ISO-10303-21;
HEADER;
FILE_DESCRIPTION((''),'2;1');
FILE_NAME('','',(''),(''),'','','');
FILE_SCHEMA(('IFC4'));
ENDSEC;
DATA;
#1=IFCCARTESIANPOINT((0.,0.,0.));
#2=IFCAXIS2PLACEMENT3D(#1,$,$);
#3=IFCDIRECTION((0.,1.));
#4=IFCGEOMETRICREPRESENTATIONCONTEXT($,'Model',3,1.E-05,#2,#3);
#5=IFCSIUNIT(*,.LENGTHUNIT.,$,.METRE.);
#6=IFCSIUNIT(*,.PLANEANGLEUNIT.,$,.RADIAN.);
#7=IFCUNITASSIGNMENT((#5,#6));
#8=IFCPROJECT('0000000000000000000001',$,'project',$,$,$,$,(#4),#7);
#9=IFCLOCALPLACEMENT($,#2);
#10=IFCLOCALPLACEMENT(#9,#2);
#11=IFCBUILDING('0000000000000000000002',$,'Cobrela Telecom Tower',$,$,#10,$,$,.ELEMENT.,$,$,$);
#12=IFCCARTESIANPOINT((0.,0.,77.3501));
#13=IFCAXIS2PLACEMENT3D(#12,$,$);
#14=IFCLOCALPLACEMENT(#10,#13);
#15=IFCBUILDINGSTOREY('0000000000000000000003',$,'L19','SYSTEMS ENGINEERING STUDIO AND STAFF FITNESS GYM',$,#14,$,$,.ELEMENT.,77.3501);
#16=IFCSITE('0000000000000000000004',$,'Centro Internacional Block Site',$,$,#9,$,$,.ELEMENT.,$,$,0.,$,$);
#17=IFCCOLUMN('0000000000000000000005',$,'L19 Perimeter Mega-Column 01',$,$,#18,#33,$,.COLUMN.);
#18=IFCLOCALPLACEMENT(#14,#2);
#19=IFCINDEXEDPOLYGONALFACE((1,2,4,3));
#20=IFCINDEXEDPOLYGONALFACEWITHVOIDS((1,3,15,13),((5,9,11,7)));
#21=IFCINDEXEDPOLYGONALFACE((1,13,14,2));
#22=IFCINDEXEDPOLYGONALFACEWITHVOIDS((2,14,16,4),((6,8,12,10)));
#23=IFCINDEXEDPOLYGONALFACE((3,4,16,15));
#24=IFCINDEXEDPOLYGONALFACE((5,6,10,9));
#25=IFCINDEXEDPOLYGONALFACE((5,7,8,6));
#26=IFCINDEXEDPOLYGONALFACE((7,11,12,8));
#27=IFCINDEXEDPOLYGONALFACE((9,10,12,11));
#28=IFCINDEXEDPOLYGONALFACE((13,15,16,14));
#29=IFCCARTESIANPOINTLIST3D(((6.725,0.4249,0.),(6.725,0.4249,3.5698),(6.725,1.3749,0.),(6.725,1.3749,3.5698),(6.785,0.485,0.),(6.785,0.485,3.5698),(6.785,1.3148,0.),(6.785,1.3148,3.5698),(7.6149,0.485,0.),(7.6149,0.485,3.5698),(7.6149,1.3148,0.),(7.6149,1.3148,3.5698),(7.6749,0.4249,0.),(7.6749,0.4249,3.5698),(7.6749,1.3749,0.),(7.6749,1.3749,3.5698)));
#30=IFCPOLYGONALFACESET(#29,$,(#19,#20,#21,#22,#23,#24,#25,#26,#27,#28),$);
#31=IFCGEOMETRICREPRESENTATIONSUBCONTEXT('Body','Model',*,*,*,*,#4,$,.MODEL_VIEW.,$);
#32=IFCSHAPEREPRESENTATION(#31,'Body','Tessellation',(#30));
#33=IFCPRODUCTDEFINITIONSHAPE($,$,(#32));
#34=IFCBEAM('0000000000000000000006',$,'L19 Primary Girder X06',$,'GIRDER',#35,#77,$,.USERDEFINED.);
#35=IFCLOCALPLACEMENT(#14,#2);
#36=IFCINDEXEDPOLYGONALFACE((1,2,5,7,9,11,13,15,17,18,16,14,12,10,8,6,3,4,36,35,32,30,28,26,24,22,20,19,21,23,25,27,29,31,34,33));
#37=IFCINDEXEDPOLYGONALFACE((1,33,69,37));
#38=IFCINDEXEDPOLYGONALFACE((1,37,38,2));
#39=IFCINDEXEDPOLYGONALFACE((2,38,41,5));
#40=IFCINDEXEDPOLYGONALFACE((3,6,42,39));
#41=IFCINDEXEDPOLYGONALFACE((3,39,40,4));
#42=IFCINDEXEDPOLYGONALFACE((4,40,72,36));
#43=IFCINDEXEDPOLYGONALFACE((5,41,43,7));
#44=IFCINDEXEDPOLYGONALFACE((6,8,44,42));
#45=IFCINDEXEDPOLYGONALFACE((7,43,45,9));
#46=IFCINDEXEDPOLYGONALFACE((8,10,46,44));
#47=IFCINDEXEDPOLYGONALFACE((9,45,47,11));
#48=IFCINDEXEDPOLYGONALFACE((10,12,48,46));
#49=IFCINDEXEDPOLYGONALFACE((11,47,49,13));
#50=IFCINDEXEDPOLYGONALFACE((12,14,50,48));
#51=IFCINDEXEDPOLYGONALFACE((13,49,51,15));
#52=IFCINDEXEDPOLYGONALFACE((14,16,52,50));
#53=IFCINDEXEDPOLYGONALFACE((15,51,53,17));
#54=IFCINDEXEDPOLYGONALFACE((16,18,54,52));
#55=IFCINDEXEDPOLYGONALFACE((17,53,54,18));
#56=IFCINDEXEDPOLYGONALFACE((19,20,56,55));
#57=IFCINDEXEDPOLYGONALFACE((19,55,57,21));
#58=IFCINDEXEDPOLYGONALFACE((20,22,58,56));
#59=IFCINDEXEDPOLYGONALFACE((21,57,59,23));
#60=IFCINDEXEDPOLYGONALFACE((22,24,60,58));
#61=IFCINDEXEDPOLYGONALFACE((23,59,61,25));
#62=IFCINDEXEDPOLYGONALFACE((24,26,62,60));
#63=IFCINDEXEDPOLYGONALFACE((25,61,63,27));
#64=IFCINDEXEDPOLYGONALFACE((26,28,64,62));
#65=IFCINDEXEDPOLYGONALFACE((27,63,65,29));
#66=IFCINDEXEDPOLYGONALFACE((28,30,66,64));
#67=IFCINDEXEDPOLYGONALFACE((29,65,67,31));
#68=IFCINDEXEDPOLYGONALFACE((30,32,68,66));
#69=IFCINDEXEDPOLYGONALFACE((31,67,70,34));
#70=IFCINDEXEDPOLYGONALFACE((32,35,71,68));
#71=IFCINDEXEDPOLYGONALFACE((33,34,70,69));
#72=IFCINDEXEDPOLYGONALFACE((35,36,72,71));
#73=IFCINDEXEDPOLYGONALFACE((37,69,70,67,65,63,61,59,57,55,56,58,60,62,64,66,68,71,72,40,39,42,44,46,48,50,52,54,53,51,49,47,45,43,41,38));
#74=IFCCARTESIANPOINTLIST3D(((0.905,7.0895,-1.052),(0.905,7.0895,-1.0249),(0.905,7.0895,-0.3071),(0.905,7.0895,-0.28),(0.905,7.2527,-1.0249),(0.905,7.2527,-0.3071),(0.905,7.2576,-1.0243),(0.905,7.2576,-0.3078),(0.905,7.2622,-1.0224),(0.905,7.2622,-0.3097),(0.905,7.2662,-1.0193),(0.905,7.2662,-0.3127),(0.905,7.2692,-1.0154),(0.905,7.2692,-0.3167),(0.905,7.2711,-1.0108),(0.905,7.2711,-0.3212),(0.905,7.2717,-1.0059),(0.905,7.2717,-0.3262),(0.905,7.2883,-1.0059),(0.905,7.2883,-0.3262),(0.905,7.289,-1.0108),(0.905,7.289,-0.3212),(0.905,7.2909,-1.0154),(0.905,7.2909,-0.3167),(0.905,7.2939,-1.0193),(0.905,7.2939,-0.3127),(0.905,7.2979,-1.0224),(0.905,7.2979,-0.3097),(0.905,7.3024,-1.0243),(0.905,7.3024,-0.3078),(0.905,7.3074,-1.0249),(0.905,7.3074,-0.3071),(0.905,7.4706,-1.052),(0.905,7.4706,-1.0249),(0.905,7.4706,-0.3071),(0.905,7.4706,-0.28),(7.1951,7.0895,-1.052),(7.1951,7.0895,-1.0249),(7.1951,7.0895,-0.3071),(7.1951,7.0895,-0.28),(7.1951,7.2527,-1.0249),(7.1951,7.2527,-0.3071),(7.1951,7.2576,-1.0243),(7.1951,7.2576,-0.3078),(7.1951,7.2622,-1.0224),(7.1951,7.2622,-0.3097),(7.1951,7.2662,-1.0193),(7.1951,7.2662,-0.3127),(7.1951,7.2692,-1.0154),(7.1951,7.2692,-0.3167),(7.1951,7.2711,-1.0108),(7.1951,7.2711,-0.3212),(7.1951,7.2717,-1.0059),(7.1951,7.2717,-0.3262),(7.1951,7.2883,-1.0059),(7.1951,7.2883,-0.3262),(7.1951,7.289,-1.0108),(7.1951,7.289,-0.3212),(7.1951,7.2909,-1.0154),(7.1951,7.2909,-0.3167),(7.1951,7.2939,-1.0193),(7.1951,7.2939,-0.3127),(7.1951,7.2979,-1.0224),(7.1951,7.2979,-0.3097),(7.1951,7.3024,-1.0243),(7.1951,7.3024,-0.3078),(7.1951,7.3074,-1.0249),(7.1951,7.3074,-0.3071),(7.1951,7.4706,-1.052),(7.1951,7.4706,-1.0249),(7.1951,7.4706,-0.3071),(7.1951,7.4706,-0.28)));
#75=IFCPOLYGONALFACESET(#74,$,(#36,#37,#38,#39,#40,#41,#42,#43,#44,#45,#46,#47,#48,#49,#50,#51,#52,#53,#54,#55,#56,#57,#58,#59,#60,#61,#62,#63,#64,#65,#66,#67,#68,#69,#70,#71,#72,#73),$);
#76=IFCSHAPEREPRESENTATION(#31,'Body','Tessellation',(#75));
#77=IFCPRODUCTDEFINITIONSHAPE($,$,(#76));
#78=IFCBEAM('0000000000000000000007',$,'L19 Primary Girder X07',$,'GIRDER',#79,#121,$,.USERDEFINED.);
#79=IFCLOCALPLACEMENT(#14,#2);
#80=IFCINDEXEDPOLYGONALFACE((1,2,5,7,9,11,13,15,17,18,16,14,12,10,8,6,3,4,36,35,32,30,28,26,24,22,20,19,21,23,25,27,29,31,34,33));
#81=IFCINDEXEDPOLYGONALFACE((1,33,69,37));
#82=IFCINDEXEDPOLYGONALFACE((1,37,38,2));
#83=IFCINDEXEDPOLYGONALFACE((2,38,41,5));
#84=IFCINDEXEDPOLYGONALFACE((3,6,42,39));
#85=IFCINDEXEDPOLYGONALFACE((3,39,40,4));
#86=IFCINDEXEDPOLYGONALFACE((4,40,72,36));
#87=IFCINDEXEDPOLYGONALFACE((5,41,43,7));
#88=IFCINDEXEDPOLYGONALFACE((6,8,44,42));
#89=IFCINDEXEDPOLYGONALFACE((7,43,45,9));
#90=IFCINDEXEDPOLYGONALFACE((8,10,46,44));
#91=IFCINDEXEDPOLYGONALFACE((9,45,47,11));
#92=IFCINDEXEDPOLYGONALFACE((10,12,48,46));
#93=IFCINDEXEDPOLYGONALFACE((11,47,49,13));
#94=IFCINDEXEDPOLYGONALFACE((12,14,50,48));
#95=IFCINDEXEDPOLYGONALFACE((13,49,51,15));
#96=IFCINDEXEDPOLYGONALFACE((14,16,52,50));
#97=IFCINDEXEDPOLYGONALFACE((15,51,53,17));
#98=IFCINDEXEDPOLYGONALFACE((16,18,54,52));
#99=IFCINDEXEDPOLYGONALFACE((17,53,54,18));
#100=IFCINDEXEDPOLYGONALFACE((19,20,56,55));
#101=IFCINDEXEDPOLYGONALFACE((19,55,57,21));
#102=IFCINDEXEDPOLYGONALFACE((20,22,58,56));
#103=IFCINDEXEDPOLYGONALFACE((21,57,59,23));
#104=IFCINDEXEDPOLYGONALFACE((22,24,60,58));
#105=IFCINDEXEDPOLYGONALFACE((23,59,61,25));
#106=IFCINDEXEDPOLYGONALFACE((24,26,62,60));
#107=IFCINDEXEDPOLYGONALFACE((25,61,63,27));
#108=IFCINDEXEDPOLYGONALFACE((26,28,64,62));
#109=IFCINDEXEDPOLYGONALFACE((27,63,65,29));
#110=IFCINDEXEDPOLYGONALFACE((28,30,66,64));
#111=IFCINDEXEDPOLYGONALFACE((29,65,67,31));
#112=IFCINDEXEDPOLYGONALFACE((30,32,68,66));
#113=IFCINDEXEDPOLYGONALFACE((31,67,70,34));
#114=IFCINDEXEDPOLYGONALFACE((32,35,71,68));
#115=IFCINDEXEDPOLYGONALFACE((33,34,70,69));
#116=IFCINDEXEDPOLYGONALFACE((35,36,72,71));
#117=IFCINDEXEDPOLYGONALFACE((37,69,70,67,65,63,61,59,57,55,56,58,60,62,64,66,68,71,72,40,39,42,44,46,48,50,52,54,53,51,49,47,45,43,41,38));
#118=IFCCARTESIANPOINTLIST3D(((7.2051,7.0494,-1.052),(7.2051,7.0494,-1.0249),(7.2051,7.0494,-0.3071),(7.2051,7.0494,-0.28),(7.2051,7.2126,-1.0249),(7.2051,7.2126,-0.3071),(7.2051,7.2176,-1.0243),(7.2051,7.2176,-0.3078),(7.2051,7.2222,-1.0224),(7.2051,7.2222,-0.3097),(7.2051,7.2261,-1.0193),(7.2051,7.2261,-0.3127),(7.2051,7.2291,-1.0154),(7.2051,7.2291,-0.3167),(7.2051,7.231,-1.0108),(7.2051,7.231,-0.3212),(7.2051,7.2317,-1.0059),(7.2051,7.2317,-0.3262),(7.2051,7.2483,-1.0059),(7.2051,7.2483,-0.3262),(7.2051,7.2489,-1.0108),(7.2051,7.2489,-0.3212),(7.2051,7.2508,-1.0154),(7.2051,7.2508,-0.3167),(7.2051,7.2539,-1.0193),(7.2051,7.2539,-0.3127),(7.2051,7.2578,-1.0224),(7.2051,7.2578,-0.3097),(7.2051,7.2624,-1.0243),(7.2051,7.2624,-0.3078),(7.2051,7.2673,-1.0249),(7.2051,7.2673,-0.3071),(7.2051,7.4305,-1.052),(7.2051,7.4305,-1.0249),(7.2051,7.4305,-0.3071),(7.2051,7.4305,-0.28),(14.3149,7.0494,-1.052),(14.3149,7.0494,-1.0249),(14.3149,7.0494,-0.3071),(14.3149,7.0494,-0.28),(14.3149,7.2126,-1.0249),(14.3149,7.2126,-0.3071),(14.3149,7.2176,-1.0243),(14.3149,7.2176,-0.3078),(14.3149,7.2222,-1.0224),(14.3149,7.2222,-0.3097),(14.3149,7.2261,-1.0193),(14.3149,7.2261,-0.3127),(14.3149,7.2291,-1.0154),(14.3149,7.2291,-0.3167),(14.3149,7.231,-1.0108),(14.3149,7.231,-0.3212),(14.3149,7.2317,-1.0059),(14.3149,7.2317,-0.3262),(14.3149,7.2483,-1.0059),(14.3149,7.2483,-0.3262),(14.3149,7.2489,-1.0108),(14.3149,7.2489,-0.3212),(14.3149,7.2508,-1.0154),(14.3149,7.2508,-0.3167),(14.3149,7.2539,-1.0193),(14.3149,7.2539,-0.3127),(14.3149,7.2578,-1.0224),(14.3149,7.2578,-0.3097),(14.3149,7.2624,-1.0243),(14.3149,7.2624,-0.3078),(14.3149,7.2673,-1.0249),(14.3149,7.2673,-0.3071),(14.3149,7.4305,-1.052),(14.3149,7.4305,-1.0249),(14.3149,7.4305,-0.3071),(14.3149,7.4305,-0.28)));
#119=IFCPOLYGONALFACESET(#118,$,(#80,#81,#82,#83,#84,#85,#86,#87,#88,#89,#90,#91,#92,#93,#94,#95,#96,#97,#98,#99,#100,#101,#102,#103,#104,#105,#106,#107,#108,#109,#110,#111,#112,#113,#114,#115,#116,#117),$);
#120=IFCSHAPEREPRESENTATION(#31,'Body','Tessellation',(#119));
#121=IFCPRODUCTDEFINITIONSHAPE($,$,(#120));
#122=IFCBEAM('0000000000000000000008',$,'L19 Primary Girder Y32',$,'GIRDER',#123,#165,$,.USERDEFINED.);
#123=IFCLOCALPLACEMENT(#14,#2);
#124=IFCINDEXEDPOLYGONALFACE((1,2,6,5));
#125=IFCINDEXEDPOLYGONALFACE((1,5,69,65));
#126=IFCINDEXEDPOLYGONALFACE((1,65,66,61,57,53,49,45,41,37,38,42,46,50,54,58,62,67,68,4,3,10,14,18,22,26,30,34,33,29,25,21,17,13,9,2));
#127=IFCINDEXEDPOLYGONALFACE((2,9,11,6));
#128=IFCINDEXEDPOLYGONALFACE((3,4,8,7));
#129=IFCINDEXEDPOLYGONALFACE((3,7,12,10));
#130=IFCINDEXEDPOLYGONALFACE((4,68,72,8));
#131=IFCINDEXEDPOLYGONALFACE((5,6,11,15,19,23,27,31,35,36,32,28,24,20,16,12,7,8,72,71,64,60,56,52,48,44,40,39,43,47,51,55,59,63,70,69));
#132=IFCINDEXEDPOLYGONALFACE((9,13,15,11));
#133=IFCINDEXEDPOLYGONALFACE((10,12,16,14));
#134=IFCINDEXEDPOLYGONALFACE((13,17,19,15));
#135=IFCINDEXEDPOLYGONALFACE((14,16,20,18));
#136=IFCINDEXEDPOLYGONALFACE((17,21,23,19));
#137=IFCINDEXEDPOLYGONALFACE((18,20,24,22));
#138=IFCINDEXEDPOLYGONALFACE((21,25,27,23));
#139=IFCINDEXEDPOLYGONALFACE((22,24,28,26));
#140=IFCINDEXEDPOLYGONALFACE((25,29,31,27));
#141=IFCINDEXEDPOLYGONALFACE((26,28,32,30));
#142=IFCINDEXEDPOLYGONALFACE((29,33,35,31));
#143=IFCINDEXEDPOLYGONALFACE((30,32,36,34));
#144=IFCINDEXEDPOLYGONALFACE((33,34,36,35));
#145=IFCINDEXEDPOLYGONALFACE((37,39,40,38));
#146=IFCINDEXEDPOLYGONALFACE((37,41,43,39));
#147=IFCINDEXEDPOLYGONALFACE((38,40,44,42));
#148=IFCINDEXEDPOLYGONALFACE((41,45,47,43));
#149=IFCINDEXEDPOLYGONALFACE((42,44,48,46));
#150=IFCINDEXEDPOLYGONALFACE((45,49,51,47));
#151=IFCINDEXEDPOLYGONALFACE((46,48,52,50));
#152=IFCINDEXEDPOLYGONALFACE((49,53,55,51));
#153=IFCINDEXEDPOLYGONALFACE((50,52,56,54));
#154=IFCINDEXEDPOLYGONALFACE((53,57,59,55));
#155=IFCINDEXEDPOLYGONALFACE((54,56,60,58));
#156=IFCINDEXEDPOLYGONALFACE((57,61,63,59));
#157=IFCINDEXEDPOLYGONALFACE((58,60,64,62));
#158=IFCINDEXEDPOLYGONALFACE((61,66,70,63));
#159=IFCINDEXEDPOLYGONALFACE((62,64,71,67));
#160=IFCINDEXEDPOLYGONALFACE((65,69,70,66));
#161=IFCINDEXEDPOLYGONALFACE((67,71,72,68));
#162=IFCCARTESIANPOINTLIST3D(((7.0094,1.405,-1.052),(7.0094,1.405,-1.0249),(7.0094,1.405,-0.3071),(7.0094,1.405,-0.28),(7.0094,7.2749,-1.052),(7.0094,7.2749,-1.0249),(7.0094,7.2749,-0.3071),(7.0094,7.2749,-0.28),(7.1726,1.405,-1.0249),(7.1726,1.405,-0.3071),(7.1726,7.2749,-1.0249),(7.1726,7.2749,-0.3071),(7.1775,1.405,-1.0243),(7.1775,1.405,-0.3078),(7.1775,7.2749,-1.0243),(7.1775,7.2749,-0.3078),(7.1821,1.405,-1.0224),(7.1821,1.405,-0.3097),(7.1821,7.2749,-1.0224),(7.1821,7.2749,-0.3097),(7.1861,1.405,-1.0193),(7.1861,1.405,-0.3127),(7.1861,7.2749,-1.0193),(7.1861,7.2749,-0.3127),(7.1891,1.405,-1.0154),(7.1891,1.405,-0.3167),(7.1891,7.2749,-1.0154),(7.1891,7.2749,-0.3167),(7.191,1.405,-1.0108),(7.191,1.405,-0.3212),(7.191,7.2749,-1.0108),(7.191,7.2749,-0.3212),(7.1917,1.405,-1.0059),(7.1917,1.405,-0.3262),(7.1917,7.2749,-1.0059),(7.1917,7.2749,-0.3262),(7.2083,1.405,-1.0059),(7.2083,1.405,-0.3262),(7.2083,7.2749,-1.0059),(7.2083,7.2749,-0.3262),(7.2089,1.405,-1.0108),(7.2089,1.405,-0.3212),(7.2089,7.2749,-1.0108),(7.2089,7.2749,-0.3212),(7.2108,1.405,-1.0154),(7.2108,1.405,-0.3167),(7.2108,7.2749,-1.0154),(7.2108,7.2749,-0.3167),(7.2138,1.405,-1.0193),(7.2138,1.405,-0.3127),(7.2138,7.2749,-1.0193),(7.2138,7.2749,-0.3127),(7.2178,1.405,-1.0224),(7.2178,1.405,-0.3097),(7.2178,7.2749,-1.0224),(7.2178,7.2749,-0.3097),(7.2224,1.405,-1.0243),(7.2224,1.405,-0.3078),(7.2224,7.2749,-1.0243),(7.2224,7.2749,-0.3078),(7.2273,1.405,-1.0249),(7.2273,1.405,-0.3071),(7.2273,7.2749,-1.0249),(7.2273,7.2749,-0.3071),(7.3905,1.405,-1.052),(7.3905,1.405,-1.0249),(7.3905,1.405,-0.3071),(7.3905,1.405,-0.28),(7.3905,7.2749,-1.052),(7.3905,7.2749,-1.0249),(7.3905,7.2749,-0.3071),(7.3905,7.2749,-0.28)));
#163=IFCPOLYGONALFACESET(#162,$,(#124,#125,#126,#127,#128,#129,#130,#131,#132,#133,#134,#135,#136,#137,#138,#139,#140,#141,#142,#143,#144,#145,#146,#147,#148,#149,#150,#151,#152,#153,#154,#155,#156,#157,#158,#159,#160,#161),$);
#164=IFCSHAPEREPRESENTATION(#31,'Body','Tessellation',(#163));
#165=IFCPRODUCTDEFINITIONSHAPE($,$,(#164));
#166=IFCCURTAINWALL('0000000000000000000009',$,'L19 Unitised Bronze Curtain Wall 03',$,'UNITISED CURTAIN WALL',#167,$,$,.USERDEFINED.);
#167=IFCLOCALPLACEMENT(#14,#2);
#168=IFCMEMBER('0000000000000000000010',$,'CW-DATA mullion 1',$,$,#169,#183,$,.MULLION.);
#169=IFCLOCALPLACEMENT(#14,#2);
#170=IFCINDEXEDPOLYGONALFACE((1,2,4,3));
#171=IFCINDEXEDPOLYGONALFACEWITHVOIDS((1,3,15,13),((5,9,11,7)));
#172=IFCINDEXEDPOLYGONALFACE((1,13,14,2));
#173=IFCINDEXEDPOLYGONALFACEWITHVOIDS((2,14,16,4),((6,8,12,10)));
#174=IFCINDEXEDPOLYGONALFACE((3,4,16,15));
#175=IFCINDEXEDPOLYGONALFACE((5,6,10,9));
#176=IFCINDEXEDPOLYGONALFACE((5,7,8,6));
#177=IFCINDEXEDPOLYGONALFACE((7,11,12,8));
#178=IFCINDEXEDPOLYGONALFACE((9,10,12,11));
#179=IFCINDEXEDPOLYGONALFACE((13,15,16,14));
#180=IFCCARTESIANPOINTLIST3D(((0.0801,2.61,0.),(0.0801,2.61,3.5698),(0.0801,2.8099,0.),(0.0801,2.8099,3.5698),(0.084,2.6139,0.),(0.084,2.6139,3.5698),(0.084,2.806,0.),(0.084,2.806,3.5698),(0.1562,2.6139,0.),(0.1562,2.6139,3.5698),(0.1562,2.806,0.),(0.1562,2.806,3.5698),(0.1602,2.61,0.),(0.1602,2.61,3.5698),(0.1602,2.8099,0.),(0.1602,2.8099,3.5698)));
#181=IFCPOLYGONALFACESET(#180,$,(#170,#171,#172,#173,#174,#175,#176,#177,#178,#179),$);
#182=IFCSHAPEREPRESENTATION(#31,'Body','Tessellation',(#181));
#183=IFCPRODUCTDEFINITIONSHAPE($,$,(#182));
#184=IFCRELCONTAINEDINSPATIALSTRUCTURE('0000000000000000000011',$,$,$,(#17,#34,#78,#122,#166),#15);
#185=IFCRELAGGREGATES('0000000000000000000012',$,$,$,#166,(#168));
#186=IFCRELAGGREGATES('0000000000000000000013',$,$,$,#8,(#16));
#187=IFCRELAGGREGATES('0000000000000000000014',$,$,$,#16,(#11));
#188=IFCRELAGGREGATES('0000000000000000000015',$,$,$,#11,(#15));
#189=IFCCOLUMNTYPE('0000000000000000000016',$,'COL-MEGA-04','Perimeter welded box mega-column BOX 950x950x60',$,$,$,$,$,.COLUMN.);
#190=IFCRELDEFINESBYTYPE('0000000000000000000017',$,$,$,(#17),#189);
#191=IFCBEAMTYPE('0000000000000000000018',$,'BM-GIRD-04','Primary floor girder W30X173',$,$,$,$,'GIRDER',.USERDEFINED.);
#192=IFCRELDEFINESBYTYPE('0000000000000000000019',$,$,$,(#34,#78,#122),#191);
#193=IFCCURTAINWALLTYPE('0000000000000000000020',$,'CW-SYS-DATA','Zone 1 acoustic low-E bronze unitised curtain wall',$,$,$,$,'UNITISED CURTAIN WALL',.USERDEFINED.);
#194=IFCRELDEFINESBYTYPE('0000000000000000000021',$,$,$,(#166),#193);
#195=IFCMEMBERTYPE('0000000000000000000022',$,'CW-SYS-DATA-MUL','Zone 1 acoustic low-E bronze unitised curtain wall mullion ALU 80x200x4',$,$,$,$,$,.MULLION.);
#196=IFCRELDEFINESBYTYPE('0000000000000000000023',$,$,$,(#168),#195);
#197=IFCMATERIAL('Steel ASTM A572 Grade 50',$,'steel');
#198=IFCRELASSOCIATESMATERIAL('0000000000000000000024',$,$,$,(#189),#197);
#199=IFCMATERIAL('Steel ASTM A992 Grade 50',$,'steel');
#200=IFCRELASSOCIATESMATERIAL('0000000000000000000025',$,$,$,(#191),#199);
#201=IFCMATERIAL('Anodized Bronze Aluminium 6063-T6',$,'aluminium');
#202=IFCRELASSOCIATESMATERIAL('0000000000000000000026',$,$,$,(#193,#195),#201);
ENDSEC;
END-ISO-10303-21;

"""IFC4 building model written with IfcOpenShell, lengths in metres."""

from ifc_helpers import new_model, si_unit, direction, frame, origin, origin_2d, place, context, subcontext, project, spatial, hollow_rectangle, i_section, extrude, material, material_profile, profile_set, type_object, element, aggregate, save


model = new_model("IFC4")

# Units and contexts
model_context = context("Model", 3, precision=1e-05, world=origin(), true_north=direction((0.0, 1.0)))
body_context = subcontext(model_context, "Body", "Model", "MODEL_VIEW")
ifc_project = project(units=[si_unit("LENGTHUNIT", "METRE"), si_unit("PLANEANGLEUNIT", "RADIAN")], contexts=[model_context])

# Site, building, storey
site_placement = place(None, origin())
site = spatial("IfcSite", under=ifc_project, at=site_placement, Name="Centro Internacional Block Site", CompositionType="ELEMENT", RefElevation=0.0)
building_placement = place(site_placement, origin())
building = spatial("IfcBuilding", under=site, at=building_placement, Name="Cobrela Telecom Tower", CompositionType="ELEMENT")
storey_placement = place(building_placement, frame((0.0, 0.0, 77.3501)))
storey = spatial("IfcBuildingStorey", under=building, at=storey_placement, Name="L19", Description="SYSTEMS ENGINEERING STUDIO AND STAFF FITNESS GYM", CompositionType="ELEMENT", Elevation=77.3501)

# Column
ifc_material_1 = material(Name="Steel ASTM A572 Grade 50", Category="steel")
ifc_material_profile_1 = material_profile(ifc_material_1, hollow_rectangle(XDim=0.95, YDim=0.95, WallThickness=0.0601, at=origin_2d()), Name="BOX 950x950x60")
ifc_profile_set_1 = profile_set([ifc_material_profile_1], Name="Steel ASTM A572 Grade 50")
column_type = type_object("IfcColumnType", Name="COL-MEGA-04", Description="Perimeter welded box mega-column BOX 950x950x60", PredefinedType="COLUMN", material=ifc_profile_set_1)
column_placement = place(storey_placement, frame((7.2, 0.8999, 0.0), z_axis=(0.0, 0.0, 1.0), x_axis=(1.0, 0.0, 0.0)))
element("IfcColumn", 1, at=column_placement, inside=storey, type_object=column_type, Name="L19 Perimeter Mega-Column 01", PredefinedType="COLUMN", context=body_context, shape_type="SweptSolid", body=[
    extrude(hollow_rectangle(XDim=0.95, YDim=0.95, WallThickness=0.0601, at=origin_2d()), origin(), (0.0, 0.0, 1.0), 3.5698),
])

# Beams
ifc_material_2 = material(Name="Steel ASTM A992 Grade 50", Category="steel")
ifc_material_profile_2 = material_profile(ifc_material_2, i_section(OverallWidth=0.3811, OverallDepth=0.772, WebThickness=0.0166, FlangeThickness=0.0271, FilletRadius=0.019, at=origin_2d()), Name="W30X173")
ifc_profile_set_2 = profile_set([ifc_material_profile_2], Name="Steel ASTM A992 Grade 50")
beam_type = type_object("IfcBeamType", Name="BM-GIRD-04", Description="Primary floor girder W30X173", ElementType="GIRDER", PredefinedType="USERDEFINED", material=ifc_profile_set_2)
beam_1_placement = place(storey_placement, frame((0.905, 7.28, -0.666), z_axis=(1.0, 0.0, 0.0), x_axis=(0.0, 1.0, 0.0)))
element("IfcBeam", 2, at=beam_1_placement, inside=storey, type_object=beam_type, Name="L19 Primary Girder X06", ObjectType="GIRDER", PredefinedType="USERDEFINED", context=body_context, shape_type="SweptSolid", body=[
    extrude(i_section(OverallWidth=0.3811, OverallDepth=0.772, WebThickness=0.0166, FlangeThickness=0.0271, FilletRadius=0.019, at=origin_2d()), origin(), (0.0, 0.0, 1.0), 6.29),
])
beam_2_placement = place(storey_placement, frame((7.2051, 7.24, -0.666), z_axis=(1.0, 0.0, 0.0), x_axis=(0.0, 1.0, 0.0)))
element("IfcBeam", 3, at=beam_2_placement, inside=storey, type_object=beam_type, Name="L19 Primary Girder X07", ObjectType="GIRDER", PredefinedType="USERDEFINED", context=body_context, shape_type="SweptSolid", body=[
    extrude(i_section(OverallWidth=0.3811, OverallDepth=0.772, WebThickness=0.0166, FlangeThickness=0.0271, FilletRadius=0.019, at=origin_2d()), origin(), (0.0, 0.0, 1.0), 7.1099),
])
beam_3_placement = place(storey_placement, frame((7.2, 1.405, -0.666), z_axis=(0.0, 1.0, 0.0), x_axis=(-1.0, 0.0, 0.0)))
element("IfcBeam", 4, at=beam_3_placement, inside=storey, type_object=beam_type, Name="L19 Primary Girder Y32", ObjectType="GIRDER", PredefinedType="USERDEFINED", context=body_context, shape_type="SweptSolid", body=[
    extrude(i_section(OverallWidth=0.3811, OverallDepth=0.772, WebThickness=0.0166, FlangeThickness=0.0271, FilletRadius=0.019, at=origin_2d()), origin(), (0.0, 0.0, 1.0), 5.8699),
])

# Curtain wall, member
ifc_material_3 = material(Name="Anodized Bronze Aluminium 6063-T6", Category="aluminium")
curtain_wall_type = type_object("IfcCurtainWallType", Name="CW-SYS-DATA", Description="Zone 1 acoustic low-E bronze unitised curtain wall", ElementType="UNITISED CURTAIN WALL", PredefinedType="USERDEFINED", material=ifc_material_3)
curtain_wall_placement = place(storey_placement, origin())
curtain_wall = element("IfcCurtainWall", 5, at=curtain_wall_placement, inside=storey, type_object=curtain_wall_type, Name="L19 Unitised Bronze Curtain Wall 03", ObjectType="UNITISED CURTAIN WALL", PredefinedType="USERDEFINED")
ifc_material_profile_3 = material_profile(ifc_material_3, hollow_rectangle(XDim=0.0801, YDim=0.2, WallThickness=0.0039, at=origin_2d()), Name="ALU 80x200x4")
ifc_profile_set_3 = profile_set([ifc_material_profile_3], Name="Anodized Bronze Aluminium 6063-T6")
member_type_1 = type_object("IfcMemberType", Name="CW-SYS-DATA-MUL", Description="Zone 1 acoustic low-E bronze unitised curtain wall mullion ALU 80x200x4", PredefinedType="MULLION", material=ifc_profile_set_3)
member_1_placement = place(storey_placement, frame((0.1201, 2.71, 0.0), z_axis=(0.0, 0.0, 1.0), x_axis=(-1.0, 0.0, 0.0)))
member_1 = element("IfcMember", 6, at=member_1_placement, type_object=member_type_1, Name="CW-DATA mullion 1", PredefinedType="MULLION", context=body_context, shape_type="SweptSolid", body=[
    extrude(hollow_rectangle(XDim=0.0801, YDim=0.2, WallThickness=0.0039, at=origin_2d()), origin(), (0.0, 0.0, 1.0), 3.5698),
])
aggregate(curtain_wall, [member_1])

save(model, "model.ifc")
